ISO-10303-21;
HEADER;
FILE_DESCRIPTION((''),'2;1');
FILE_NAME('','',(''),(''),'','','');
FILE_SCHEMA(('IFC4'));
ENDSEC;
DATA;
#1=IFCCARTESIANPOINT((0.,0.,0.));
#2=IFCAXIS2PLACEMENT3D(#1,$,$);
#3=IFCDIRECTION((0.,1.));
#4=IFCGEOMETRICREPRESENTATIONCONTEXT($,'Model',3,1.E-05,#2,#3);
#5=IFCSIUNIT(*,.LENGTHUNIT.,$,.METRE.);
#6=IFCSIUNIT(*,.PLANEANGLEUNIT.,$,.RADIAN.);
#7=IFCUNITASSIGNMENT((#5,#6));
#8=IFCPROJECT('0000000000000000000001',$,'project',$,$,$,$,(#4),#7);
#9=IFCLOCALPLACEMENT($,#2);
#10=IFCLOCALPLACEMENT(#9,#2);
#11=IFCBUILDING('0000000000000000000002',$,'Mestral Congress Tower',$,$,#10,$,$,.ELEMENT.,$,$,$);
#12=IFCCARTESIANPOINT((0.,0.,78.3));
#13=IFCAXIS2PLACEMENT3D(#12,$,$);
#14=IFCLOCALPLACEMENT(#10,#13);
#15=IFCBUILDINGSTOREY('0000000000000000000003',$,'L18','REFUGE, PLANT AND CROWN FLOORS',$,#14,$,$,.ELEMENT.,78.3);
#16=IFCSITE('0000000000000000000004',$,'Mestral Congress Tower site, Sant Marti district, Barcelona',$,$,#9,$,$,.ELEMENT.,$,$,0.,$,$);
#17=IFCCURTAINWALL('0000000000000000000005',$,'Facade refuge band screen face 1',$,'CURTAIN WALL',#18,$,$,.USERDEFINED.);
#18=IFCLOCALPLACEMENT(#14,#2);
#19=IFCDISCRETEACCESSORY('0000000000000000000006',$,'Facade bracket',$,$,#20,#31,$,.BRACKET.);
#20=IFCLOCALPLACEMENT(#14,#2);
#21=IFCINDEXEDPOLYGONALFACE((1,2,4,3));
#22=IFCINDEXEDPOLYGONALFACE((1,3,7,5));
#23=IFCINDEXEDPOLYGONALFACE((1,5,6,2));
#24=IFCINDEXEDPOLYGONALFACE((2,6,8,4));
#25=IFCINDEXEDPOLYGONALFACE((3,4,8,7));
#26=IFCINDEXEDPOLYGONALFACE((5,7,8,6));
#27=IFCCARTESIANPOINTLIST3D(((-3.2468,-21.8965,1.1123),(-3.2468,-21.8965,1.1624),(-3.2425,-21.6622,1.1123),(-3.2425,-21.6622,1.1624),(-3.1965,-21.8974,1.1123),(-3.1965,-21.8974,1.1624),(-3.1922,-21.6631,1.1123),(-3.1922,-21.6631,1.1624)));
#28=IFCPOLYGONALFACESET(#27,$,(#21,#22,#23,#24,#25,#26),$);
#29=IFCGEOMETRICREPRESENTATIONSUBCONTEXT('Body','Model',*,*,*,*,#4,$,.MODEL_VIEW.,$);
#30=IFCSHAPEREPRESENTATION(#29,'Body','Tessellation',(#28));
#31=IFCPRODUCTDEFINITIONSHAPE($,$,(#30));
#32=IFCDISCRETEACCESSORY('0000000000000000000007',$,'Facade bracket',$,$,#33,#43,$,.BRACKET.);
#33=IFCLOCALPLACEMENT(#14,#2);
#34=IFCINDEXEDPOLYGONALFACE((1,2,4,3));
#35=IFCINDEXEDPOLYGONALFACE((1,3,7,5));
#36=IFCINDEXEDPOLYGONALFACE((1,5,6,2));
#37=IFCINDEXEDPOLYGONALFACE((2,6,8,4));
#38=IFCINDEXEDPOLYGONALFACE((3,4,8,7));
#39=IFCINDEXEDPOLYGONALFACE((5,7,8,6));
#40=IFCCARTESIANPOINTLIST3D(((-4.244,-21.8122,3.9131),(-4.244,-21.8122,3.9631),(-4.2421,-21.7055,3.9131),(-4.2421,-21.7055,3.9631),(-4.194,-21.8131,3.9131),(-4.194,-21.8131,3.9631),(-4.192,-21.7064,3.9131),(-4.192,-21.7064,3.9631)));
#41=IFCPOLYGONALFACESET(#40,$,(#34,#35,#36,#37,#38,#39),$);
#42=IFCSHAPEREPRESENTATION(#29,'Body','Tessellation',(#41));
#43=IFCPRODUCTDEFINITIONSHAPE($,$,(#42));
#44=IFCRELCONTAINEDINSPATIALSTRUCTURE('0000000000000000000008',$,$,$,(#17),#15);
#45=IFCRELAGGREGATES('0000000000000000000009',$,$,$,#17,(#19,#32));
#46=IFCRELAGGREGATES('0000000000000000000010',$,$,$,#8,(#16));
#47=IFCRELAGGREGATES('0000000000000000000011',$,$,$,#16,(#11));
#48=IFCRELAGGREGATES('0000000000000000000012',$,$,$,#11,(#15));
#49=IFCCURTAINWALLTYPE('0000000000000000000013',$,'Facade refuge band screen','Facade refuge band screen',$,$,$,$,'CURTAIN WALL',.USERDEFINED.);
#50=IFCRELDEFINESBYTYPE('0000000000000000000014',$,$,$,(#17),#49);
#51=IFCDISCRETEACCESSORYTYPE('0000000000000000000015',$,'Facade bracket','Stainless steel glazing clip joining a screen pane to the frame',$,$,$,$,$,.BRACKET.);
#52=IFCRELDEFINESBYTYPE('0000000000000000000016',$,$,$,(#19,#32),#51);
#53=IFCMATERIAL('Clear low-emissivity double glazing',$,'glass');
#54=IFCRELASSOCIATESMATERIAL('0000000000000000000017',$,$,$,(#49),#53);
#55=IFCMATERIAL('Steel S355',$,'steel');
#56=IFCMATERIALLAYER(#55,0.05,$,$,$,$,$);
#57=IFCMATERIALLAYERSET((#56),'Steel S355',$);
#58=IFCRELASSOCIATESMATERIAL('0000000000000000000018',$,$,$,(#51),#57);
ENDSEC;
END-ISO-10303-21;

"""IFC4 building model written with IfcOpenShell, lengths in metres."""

from ifc_helpers import new_model, si_unit, direction, frame, origin, origin_2d, place, context, subcontext, project, spatial, rectangle, extrude, material, layer, layer_set, type_object, element, aggregate, save


model = new_model("IFC4")

# Units and contexts
model_context = context("Model", 3, precision=1e-05, world=origin(), true_north=direction((0.0, 1.0)))
body_context = subcontext(model_context, "Body", "Model", "MODEL_VIEW")
ifc_project = project(units=[si_unit("LENGTHUNIT", "METRE"), si_unit("PLANEANGLEUNIT", "RADIAN")], contexts=[model_context])

# Site, building, storey
site_placement = place(None, origin())
site = spatial("IfcSite", under=ifc_project, at=site_placement, Name="Mestral Congress Tower site, Sant Marti district, Barcelona", CompositionType="ELEMENT", RefElevation=0.0)
building_placement = place(site_placement, origin())
building = spatial("IfcBuilding", under=site, at=building_placement, Name="Mestral Congress Tower", CompositionType="ELEMENT")
storey_placement = place(building_placement, frame((0.0, 0.0, 78.3)))
storey = spatial("IfcBuildingStorey", under=building, at=storey_placement, Name="L18", Description="REFUGE, PLANT AND CROWN FLOORS", CompositionType="ELEMENT", Elevation=78.3)

# Shared definitions
ifc_material_1 = material(Name="Steel S355", Category="steel")

# Curtain wall
ifc_material_2 = material(Name="Clear low-emissivity double glazing", Category="glass")
curtain_wall_type = type_object("IfcCurtainWallType", Name="Facade refuge band screen", Description="Facade refuge band screen", ElementType="CURTAIN WALL", PredefinedType="USERDEFINED", material=ifc_material_2)
curtain_wall_placement = place(storey_placement, origin())
curtain_wall = element("IfcCurtainWall", 1, at=curtain_wall_placement, inside=storey, type_object=curtain_wall_type, Name="Facade refuge band screen face 1", ObjectType="CURTAIN WALL", PredefinedType="USERDEFINED")

# Discrete accessories
ifc_layer_1 = layer(ifc_material_1, 0.05)
ifc_layer_set_1 = layer_set([ifc_layer_1], Name="Steel S355")
discrete_accessory_type = type_object("IfcDiscreteAccessoryType", Name="Facade bracket", Description="Stainless steel glazing clip joining a screen pane to the frame", PredefinedType="BRACKET", material=ifc_layer_set_1)
discrete_accessory_1_placement = place(storey_placement, frame((-3.2195, -21.7798, 1.1123), z_axis=(0.0, 0.0, 1.0), x_axis=(0.999829, -0.018484, 0.0)))
discrete_accessory_1 = element("IfcDiscreteAccessory", 2, at=discrete_accessory_1_placement, type_object=discrete_accessory_type, Name="Facade bracket", PredefinedType="BRACKET", context=body_context, shape_type="SweptSolid", body=[
    extrude(rectangle(XDim=0.0503, YDim=0.2344, at=origin_2d()), origin(), (0.0, 0.0, 1.0), 0.05),
])
discrete_accessory_2_placement = place(storey_placement, frame((-4.218, -21.7593, 3.9131), z_axis=(0.0, 0.0, 1.0), x_axis=(0.999829, -0.018498, 0.0)))
discrete_accessory_2 = element("IfcDiscreteAccessory", 3, at=discrete_accessory_2_placement, type_object=discrete_accessory_type, Name="Facade bracket", PredefinedType="BRACKET", context=body_context, shape_type="SweptSolid", body=[
    extrude(rectangle(XDim=0.05, YDim=0.1067, at=origin_2d()), origin(), (0.0, 0.0, 1.0), 0.05),
])
aggregate(curtain_wall, [discrete_accessory_1, discrete_accessory_2])

save(model, "model.ifc")
